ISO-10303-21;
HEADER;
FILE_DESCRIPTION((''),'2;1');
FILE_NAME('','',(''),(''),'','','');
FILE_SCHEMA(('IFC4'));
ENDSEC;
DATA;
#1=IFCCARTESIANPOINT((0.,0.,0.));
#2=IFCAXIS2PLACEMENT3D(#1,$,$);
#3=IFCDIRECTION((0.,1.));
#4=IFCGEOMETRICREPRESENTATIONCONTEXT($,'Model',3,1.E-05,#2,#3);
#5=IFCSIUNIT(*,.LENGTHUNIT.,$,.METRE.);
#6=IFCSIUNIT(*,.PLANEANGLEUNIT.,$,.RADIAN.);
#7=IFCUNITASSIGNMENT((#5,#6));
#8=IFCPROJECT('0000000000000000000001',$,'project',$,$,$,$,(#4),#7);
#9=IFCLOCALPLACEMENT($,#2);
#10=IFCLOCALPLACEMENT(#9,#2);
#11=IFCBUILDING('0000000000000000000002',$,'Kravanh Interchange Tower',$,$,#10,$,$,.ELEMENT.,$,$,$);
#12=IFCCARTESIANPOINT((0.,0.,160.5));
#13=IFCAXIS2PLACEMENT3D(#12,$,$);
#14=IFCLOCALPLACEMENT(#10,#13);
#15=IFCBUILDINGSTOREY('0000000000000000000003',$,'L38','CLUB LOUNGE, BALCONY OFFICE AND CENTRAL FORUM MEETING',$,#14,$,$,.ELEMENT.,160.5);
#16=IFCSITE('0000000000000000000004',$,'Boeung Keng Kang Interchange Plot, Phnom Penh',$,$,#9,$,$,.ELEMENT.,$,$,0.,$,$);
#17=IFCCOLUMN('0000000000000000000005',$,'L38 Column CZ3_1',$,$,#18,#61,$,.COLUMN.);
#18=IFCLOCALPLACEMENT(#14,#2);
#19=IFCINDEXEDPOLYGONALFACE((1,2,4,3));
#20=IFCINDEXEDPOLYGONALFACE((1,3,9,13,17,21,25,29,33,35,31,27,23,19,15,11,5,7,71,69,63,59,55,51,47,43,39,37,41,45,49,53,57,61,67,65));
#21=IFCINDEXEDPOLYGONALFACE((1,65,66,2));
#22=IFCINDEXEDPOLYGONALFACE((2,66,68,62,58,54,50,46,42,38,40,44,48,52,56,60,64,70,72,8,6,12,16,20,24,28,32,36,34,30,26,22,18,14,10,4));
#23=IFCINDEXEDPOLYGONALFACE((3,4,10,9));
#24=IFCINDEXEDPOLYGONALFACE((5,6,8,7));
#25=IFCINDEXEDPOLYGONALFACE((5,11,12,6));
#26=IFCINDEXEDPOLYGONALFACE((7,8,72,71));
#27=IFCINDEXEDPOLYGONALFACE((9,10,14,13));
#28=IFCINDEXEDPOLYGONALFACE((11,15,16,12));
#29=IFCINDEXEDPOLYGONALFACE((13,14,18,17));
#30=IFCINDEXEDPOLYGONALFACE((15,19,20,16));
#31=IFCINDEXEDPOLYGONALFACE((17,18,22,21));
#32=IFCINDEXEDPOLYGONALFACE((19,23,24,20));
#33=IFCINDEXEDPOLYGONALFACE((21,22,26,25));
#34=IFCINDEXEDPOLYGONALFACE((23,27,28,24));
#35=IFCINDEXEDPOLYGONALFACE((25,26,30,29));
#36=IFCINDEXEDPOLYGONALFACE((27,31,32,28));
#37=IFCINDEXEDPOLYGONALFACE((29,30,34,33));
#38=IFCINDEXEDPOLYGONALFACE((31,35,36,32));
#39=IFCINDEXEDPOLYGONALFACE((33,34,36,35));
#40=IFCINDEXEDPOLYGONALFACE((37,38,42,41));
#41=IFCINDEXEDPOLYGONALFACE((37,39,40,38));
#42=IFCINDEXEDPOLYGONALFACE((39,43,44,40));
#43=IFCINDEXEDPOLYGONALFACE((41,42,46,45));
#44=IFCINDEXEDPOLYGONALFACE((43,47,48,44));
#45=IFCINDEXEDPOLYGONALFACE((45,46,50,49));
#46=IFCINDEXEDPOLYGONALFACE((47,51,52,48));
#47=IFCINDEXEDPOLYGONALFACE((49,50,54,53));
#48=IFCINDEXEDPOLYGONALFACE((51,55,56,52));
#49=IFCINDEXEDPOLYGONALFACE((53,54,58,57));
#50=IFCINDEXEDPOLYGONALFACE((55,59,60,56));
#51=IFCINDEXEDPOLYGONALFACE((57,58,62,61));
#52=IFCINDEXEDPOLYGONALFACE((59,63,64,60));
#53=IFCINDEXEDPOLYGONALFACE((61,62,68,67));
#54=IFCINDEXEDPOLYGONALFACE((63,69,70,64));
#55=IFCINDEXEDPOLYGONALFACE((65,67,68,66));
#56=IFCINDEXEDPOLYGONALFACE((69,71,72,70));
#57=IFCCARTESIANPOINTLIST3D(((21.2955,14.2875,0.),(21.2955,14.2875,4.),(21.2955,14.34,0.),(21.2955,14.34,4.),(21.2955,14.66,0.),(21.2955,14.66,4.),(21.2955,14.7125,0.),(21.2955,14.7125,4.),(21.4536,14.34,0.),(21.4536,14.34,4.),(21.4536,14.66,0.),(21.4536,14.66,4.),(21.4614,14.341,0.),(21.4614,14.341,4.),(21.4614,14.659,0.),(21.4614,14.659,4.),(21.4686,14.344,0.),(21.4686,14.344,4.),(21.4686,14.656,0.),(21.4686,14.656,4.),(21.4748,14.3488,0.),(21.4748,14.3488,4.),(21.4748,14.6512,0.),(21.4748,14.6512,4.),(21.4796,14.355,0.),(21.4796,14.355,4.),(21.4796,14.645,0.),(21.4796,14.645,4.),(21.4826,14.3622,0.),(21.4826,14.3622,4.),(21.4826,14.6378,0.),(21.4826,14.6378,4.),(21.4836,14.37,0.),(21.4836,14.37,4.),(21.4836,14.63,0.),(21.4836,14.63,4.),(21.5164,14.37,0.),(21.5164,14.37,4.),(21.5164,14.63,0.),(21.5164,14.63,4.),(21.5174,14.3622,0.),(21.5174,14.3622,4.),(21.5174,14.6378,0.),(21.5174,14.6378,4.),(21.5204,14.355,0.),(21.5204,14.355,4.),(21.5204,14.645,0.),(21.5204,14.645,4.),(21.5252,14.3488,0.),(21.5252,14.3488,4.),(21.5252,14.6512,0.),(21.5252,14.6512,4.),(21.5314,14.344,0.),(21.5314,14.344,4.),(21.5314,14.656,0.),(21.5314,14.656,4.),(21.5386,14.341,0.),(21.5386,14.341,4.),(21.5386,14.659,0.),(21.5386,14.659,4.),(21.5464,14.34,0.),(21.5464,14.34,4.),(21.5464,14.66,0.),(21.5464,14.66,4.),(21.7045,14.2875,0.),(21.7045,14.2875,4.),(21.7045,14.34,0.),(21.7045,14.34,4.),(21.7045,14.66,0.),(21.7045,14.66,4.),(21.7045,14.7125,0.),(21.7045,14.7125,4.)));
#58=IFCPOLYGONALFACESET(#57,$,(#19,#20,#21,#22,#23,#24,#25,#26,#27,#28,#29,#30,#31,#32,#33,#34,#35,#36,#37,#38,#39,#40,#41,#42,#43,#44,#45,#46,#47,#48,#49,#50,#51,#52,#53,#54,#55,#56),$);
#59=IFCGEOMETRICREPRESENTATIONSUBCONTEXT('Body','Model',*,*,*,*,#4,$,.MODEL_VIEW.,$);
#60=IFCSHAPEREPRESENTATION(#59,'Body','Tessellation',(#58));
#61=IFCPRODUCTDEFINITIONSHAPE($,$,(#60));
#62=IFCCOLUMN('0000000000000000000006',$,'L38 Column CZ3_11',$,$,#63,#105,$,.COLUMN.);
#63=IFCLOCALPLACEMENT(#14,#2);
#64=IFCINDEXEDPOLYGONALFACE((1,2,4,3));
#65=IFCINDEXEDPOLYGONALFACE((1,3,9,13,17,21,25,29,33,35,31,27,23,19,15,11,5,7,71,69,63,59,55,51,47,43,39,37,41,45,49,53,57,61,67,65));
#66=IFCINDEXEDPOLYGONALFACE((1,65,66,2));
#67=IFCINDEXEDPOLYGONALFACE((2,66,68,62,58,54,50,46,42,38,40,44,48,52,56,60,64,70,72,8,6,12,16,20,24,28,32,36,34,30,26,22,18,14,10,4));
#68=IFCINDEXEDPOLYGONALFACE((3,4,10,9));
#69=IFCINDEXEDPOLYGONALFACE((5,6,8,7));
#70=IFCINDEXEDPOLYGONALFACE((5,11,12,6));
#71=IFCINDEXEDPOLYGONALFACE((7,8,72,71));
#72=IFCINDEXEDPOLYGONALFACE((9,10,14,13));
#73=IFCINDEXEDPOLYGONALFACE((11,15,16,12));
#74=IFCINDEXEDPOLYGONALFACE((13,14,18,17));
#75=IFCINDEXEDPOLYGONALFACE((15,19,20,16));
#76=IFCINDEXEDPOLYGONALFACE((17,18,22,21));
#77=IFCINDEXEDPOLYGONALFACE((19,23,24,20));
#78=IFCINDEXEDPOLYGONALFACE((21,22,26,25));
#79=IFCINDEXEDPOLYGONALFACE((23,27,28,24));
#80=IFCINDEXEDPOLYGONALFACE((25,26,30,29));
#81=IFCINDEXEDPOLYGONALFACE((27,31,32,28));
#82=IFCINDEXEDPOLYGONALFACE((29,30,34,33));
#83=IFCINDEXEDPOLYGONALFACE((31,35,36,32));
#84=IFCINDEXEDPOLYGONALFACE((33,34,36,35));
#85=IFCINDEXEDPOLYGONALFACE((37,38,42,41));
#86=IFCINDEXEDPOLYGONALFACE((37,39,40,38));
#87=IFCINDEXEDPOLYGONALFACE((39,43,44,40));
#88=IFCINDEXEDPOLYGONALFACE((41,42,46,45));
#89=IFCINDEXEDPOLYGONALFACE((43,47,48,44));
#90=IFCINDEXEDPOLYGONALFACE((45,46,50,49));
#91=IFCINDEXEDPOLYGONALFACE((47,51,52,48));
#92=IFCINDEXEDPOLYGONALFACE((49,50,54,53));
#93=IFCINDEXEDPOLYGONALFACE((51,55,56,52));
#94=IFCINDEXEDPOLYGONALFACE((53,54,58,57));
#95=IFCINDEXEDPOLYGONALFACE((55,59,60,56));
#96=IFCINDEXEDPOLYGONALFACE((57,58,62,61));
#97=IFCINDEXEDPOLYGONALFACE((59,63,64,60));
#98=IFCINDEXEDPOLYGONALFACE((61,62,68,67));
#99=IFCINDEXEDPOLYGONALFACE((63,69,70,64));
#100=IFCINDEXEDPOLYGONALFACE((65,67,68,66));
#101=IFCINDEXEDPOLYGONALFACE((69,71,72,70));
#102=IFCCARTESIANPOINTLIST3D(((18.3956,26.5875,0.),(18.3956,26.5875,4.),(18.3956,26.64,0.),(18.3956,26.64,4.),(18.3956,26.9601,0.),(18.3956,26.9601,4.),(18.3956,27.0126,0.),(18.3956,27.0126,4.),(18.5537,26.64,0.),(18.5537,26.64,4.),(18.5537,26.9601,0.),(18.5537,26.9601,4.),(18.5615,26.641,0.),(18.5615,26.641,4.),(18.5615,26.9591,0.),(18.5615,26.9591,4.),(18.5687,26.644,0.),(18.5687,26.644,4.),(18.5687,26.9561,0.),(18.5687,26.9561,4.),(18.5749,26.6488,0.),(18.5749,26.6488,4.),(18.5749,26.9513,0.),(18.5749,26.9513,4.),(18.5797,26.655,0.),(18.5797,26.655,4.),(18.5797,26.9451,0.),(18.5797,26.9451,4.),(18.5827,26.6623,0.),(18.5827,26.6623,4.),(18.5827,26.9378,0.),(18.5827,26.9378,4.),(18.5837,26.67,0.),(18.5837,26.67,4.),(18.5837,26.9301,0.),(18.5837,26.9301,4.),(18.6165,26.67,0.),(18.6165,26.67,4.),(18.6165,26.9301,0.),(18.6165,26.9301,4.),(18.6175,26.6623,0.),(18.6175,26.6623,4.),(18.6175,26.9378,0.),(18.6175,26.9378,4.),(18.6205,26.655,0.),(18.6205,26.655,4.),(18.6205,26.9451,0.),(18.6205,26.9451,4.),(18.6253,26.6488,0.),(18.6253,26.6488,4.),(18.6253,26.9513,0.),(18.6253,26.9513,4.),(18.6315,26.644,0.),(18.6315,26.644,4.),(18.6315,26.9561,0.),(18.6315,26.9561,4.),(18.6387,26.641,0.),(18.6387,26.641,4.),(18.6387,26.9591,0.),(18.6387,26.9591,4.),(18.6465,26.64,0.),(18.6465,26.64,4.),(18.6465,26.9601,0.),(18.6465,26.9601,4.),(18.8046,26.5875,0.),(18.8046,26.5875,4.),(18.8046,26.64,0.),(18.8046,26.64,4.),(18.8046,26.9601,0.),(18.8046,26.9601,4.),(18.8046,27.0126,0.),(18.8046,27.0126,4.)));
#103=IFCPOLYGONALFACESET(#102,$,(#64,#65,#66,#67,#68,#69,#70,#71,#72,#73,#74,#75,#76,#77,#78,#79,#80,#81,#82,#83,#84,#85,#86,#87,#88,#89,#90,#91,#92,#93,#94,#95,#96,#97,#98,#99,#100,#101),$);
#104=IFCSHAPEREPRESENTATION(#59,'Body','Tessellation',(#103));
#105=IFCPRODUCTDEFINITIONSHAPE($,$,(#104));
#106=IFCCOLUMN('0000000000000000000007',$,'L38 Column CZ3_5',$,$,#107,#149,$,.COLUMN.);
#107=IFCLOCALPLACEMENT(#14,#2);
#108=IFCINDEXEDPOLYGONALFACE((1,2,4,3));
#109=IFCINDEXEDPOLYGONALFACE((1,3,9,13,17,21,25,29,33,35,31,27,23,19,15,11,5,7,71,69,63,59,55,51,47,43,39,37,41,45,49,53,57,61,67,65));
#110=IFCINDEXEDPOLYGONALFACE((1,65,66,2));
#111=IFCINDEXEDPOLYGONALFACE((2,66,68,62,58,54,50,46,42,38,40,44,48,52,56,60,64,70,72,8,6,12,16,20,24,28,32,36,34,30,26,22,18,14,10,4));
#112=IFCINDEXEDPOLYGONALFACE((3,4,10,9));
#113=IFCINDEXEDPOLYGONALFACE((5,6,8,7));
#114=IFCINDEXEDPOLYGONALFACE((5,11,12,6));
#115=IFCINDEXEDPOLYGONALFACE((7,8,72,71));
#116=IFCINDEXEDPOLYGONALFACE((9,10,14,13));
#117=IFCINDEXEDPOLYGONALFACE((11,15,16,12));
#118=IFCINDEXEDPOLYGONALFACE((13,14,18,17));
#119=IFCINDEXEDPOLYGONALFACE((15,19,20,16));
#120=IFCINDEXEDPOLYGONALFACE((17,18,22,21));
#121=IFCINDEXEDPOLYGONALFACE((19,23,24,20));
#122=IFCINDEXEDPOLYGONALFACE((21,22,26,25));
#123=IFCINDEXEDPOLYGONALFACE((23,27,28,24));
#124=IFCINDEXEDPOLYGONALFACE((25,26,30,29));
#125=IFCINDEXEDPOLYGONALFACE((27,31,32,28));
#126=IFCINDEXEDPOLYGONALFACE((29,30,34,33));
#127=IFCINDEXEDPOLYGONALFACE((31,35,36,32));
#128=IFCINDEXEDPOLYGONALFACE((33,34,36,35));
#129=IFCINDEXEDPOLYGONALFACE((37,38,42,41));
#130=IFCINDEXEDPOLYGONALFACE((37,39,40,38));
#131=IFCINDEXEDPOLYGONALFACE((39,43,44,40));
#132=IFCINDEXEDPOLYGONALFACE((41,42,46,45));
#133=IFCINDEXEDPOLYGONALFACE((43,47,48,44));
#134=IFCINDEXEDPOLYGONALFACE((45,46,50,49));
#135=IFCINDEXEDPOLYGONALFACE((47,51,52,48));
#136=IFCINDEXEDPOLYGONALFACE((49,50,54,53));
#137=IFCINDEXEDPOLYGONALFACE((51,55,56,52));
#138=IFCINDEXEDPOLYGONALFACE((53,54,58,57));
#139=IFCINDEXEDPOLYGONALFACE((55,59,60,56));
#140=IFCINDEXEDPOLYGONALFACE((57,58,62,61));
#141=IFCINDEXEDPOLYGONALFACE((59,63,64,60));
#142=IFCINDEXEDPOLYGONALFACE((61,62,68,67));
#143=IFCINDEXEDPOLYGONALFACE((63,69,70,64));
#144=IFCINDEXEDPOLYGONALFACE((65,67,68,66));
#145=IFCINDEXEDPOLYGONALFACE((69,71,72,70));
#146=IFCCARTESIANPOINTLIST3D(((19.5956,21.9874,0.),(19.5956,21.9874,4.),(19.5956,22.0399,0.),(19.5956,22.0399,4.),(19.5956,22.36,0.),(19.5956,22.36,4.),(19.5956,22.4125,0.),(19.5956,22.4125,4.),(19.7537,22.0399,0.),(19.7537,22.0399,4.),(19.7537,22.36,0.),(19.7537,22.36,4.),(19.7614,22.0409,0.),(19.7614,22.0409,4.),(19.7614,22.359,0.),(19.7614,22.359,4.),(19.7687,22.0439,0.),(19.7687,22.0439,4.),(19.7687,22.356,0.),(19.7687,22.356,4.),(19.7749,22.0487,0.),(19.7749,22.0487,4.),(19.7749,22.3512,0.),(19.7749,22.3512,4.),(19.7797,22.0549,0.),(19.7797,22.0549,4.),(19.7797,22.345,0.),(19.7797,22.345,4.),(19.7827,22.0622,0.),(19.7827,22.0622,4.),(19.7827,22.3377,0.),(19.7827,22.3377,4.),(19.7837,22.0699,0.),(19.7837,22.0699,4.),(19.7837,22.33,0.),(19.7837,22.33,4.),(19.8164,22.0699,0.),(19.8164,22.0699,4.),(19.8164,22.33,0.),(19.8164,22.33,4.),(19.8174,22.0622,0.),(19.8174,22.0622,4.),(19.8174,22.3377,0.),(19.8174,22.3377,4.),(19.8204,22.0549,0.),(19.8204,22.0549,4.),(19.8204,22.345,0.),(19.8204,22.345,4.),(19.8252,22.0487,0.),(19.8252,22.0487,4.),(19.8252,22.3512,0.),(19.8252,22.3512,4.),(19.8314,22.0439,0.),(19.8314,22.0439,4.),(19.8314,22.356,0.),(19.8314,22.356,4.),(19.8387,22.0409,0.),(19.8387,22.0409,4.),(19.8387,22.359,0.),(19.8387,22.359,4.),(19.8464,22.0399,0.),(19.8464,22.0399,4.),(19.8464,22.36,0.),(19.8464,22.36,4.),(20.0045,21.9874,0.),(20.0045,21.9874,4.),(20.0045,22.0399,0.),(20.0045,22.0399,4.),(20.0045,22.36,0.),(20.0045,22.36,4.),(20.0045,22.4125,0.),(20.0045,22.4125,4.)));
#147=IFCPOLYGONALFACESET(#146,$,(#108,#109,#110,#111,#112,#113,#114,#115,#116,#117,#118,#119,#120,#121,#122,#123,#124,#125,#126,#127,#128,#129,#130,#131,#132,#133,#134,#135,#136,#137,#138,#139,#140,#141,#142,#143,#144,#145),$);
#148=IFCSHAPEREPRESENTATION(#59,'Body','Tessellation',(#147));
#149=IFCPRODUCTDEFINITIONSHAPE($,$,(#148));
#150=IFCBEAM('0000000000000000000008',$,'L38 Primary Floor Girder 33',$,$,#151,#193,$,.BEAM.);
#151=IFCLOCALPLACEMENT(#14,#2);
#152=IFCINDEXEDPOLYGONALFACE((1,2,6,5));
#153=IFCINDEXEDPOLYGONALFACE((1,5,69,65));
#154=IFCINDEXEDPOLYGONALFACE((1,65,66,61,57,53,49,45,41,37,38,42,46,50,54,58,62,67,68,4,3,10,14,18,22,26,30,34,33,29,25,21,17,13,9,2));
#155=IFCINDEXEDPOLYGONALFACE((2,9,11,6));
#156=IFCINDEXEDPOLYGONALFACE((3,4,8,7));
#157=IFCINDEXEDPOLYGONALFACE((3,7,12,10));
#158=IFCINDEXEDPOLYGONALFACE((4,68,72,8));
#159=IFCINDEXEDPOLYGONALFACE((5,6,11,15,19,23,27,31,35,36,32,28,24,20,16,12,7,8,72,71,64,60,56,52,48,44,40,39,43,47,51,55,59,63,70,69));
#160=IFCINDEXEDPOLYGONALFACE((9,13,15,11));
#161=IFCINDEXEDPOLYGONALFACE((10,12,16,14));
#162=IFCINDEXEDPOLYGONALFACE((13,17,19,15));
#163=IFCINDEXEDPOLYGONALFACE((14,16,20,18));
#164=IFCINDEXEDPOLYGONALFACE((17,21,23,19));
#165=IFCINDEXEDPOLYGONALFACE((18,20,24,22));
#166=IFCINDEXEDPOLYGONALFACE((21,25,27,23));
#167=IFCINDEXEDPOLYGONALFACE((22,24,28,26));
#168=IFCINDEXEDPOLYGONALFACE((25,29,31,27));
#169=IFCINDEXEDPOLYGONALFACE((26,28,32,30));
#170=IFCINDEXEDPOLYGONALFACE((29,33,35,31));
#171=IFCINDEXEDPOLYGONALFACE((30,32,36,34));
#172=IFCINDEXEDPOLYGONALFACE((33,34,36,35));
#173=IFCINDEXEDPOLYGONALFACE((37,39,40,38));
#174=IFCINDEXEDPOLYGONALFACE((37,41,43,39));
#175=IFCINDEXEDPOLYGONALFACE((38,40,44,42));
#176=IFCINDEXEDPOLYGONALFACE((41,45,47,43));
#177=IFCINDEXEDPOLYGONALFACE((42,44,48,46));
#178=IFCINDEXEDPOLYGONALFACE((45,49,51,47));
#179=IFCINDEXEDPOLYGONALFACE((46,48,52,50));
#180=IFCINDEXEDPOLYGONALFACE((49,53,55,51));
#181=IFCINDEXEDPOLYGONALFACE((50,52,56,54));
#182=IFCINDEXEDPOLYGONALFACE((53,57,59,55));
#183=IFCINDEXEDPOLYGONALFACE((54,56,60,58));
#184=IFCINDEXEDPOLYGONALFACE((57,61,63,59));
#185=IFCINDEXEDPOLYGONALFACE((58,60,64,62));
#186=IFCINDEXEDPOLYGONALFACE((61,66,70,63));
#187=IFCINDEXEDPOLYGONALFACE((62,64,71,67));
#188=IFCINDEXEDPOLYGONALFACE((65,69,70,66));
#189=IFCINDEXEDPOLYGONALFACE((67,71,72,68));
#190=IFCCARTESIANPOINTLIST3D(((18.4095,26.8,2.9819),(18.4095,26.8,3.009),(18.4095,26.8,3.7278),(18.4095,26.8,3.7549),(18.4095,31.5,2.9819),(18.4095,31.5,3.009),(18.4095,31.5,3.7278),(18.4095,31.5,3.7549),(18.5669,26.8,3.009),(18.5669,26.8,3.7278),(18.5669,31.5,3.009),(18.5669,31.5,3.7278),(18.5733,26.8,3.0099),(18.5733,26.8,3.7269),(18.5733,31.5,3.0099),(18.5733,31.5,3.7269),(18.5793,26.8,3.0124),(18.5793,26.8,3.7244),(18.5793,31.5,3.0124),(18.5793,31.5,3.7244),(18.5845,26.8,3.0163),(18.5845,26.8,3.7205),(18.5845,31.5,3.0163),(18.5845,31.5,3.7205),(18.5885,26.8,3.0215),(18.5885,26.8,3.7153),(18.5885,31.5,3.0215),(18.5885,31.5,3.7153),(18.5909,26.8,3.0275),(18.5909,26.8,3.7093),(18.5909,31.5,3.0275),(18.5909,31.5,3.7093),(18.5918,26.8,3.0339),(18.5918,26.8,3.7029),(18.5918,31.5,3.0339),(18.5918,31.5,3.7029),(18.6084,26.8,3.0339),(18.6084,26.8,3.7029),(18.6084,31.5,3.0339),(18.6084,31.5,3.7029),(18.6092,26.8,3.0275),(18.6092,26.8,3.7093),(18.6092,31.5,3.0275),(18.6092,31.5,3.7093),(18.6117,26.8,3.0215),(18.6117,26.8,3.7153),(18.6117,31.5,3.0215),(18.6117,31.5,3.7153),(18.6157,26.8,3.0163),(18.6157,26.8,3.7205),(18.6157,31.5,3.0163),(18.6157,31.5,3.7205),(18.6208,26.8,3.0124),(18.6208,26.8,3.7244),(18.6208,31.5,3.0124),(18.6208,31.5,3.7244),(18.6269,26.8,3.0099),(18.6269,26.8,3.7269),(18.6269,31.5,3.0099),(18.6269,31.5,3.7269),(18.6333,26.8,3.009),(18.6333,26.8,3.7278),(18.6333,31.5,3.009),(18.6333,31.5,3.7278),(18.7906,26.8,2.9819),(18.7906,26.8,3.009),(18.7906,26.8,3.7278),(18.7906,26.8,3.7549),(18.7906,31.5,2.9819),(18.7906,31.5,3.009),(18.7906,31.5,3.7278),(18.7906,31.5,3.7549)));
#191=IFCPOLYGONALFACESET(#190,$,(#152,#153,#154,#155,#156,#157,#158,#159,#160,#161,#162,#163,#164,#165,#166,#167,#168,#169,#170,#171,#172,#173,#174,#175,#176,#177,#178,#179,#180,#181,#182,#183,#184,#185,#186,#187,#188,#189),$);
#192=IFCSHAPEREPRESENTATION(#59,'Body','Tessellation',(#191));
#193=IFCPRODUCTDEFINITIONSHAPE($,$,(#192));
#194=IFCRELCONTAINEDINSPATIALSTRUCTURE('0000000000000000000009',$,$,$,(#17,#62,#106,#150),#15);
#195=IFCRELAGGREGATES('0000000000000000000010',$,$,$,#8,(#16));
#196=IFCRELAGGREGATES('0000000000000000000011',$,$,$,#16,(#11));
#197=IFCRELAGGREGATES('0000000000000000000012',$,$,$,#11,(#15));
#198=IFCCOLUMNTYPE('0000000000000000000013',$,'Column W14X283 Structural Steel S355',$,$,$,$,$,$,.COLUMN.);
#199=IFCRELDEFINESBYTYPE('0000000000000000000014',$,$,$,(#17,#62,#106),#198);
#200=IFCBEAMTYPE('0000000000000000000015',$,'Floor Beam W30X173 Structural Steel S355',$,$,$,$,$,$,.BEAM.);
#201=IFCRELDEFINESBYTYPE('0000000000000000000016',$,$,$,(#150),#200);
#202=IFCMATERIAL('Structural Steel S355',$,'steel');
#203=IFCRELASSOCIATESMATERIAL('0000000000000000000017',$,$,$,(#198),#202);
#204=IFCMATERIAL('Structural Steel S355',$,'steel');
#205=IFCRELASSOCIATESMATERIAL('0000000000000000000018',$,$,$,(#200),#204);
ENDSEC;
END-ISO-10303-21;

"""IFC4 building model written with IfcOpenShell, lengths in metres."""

from ifc_helpers import new_model, si_unit, direction, frame, origin, origin_2d, place, context, subcontext, project, spatial, i_section, extrude, material, material_profile, profile_set, type_object, element, save


model = new_model("IFC4")

# Units and contexts
model_context = context("Model", 3, precision=1e-05, world=origin(), true_north=direction((0.0, 1.0)))
body_context = subcontext(model_context, "Body", "Model", "MODEL_VIEW")
ifc_project = project(units=[si_unit("LENGTHUNIT", "METRE"), si_unit("PLANEANGLEUNIT", "RADIAN")], contexts=[model_context])

# Site, building, storey
site_placement = place(None, origin())
site = spatial("IfcSite", under=ifc_project, at=site_placement, Name="Boeung Keng Kang Interchange Plot, Phnom Penh", CompositionType="ELEMENT", RefElevation=0.0)
building_placement = place(site_placement, origin())
building = spatial("IfcBuilding", under=site, at=building_placement, Name="Kravanh Interchange Tower", CompositionType="ELEMENT")
storey_placement = place(building_placement, frame((0.0, 0.0, 160.5)))
storey = spatial("IfcBuildingStorey", under=building, at=storey_placement, Name="L38", Description="CLUB LOUNGE, BALCONY OFFICE AND CENTRAL FORUM MEETING", CompositionType="ELEMENT", Elevation=160.5)

# Columns
ifc_material_1 = material(Name="Structural Steel S355", Category="steel")
ifc_material_profile_1 = material_profile(ifc_material_1, i_section(OverallWidth=0.4089, OverallDepth=0.425, WebThickness=0.0327, FlangeThickness=0.0525, FilletRadius=0.03, at=origin_2d()), Name="W14X283")
ifc_profile_set_1 = profile_set([ifc_material_profile_1], Name="Structural Steel S355")
column_type = type_object("IfcColumnType", Name="Column W14X283 Structural Steel S355", PredefinedType="COLUMN", material=ifc_profile_set_1)
for number, where, z_axis, x_axis, name in (
    (1, (21.5, 14.5, 0.0), (0.0, 0.0, 1.0), (1.0, 0.0, 0.0), "L38 Column CZ3_1"),
    (2, (18.6001, 26.8, 0.0), (0.0, 0.0, 1.0), (1.0, 0.0, 0.0), "L38 Column CZ3_11"),
    (3, (19.8, 22.2, 0.0), (0.0, 0.0, 1.0), (1.0, 0.0, 0.0), "L38 Column CZ3_5"),
):
    element("IfcColumn", number, at=place(storey_placement, frame(where, z_axis=z_axis, x_axis=x_axis)), inside=storey, type_object=column_type, Name=name, PredefinedType="COLUMN", context=body_context, shape_type="SweptSolid", body=[
        extrude(i_section(OverallWidth=0.4089, OverallDepth=0.425, WebThickness=0.0327, FlangeThickness=0.0525, FilletRadius=0.03, at=origin_2d()), origin(), (0.0, 0.0, 1.0), 4.0),
    ])

# Beam
ifc_material_2 = material(Name="Structural Steel S355", Category="steel")
ifc_material_profile_2 = material_profile(ifc_material_2, i_section(OverallWidth=0.3811, OverallDepth=0.7729, WebThickness=0.0166, FlangeThickness=0.0271, FilletRadius=0.0249, at=origin_2d()), Name="W30X173")
ifc_profile_set_2 = profile_set([ifc_material_profile_2], Name="Structural Steel S355")
beam_type_1 = type_object("IfcBeamType", Name="Floor Beam W30X173 Structural Steel S355", PredefinedType="BEAM", material=ifc_profile_set_2)
beam_1_placement = place(storey_placement, frame((18.6001, 26.8, 3.3684), z_axis=(0.0, 1.0, 0.0), x_axis=(-1.0, 0.0, 0.0)))
element("IfcBeam", 4, at=beam_1_placement, inside=storey, type_object=beam_type_1, Name="L38 Primary Floor Girder 33", PredefinedType="BEAM", context=body_context, shape_type="SweptSolid", body=[
    extrude(i_section(OverallWidth=0.3811, OverallDepth=0.7729, WebThickness=0.0166, FlangeThickness=0.0271, FilletRadius=0.0249, at=origin_2d()), origin(), (0.0, 0.0, 1.0), 4.7),
])

save(model, "model.ifc")
